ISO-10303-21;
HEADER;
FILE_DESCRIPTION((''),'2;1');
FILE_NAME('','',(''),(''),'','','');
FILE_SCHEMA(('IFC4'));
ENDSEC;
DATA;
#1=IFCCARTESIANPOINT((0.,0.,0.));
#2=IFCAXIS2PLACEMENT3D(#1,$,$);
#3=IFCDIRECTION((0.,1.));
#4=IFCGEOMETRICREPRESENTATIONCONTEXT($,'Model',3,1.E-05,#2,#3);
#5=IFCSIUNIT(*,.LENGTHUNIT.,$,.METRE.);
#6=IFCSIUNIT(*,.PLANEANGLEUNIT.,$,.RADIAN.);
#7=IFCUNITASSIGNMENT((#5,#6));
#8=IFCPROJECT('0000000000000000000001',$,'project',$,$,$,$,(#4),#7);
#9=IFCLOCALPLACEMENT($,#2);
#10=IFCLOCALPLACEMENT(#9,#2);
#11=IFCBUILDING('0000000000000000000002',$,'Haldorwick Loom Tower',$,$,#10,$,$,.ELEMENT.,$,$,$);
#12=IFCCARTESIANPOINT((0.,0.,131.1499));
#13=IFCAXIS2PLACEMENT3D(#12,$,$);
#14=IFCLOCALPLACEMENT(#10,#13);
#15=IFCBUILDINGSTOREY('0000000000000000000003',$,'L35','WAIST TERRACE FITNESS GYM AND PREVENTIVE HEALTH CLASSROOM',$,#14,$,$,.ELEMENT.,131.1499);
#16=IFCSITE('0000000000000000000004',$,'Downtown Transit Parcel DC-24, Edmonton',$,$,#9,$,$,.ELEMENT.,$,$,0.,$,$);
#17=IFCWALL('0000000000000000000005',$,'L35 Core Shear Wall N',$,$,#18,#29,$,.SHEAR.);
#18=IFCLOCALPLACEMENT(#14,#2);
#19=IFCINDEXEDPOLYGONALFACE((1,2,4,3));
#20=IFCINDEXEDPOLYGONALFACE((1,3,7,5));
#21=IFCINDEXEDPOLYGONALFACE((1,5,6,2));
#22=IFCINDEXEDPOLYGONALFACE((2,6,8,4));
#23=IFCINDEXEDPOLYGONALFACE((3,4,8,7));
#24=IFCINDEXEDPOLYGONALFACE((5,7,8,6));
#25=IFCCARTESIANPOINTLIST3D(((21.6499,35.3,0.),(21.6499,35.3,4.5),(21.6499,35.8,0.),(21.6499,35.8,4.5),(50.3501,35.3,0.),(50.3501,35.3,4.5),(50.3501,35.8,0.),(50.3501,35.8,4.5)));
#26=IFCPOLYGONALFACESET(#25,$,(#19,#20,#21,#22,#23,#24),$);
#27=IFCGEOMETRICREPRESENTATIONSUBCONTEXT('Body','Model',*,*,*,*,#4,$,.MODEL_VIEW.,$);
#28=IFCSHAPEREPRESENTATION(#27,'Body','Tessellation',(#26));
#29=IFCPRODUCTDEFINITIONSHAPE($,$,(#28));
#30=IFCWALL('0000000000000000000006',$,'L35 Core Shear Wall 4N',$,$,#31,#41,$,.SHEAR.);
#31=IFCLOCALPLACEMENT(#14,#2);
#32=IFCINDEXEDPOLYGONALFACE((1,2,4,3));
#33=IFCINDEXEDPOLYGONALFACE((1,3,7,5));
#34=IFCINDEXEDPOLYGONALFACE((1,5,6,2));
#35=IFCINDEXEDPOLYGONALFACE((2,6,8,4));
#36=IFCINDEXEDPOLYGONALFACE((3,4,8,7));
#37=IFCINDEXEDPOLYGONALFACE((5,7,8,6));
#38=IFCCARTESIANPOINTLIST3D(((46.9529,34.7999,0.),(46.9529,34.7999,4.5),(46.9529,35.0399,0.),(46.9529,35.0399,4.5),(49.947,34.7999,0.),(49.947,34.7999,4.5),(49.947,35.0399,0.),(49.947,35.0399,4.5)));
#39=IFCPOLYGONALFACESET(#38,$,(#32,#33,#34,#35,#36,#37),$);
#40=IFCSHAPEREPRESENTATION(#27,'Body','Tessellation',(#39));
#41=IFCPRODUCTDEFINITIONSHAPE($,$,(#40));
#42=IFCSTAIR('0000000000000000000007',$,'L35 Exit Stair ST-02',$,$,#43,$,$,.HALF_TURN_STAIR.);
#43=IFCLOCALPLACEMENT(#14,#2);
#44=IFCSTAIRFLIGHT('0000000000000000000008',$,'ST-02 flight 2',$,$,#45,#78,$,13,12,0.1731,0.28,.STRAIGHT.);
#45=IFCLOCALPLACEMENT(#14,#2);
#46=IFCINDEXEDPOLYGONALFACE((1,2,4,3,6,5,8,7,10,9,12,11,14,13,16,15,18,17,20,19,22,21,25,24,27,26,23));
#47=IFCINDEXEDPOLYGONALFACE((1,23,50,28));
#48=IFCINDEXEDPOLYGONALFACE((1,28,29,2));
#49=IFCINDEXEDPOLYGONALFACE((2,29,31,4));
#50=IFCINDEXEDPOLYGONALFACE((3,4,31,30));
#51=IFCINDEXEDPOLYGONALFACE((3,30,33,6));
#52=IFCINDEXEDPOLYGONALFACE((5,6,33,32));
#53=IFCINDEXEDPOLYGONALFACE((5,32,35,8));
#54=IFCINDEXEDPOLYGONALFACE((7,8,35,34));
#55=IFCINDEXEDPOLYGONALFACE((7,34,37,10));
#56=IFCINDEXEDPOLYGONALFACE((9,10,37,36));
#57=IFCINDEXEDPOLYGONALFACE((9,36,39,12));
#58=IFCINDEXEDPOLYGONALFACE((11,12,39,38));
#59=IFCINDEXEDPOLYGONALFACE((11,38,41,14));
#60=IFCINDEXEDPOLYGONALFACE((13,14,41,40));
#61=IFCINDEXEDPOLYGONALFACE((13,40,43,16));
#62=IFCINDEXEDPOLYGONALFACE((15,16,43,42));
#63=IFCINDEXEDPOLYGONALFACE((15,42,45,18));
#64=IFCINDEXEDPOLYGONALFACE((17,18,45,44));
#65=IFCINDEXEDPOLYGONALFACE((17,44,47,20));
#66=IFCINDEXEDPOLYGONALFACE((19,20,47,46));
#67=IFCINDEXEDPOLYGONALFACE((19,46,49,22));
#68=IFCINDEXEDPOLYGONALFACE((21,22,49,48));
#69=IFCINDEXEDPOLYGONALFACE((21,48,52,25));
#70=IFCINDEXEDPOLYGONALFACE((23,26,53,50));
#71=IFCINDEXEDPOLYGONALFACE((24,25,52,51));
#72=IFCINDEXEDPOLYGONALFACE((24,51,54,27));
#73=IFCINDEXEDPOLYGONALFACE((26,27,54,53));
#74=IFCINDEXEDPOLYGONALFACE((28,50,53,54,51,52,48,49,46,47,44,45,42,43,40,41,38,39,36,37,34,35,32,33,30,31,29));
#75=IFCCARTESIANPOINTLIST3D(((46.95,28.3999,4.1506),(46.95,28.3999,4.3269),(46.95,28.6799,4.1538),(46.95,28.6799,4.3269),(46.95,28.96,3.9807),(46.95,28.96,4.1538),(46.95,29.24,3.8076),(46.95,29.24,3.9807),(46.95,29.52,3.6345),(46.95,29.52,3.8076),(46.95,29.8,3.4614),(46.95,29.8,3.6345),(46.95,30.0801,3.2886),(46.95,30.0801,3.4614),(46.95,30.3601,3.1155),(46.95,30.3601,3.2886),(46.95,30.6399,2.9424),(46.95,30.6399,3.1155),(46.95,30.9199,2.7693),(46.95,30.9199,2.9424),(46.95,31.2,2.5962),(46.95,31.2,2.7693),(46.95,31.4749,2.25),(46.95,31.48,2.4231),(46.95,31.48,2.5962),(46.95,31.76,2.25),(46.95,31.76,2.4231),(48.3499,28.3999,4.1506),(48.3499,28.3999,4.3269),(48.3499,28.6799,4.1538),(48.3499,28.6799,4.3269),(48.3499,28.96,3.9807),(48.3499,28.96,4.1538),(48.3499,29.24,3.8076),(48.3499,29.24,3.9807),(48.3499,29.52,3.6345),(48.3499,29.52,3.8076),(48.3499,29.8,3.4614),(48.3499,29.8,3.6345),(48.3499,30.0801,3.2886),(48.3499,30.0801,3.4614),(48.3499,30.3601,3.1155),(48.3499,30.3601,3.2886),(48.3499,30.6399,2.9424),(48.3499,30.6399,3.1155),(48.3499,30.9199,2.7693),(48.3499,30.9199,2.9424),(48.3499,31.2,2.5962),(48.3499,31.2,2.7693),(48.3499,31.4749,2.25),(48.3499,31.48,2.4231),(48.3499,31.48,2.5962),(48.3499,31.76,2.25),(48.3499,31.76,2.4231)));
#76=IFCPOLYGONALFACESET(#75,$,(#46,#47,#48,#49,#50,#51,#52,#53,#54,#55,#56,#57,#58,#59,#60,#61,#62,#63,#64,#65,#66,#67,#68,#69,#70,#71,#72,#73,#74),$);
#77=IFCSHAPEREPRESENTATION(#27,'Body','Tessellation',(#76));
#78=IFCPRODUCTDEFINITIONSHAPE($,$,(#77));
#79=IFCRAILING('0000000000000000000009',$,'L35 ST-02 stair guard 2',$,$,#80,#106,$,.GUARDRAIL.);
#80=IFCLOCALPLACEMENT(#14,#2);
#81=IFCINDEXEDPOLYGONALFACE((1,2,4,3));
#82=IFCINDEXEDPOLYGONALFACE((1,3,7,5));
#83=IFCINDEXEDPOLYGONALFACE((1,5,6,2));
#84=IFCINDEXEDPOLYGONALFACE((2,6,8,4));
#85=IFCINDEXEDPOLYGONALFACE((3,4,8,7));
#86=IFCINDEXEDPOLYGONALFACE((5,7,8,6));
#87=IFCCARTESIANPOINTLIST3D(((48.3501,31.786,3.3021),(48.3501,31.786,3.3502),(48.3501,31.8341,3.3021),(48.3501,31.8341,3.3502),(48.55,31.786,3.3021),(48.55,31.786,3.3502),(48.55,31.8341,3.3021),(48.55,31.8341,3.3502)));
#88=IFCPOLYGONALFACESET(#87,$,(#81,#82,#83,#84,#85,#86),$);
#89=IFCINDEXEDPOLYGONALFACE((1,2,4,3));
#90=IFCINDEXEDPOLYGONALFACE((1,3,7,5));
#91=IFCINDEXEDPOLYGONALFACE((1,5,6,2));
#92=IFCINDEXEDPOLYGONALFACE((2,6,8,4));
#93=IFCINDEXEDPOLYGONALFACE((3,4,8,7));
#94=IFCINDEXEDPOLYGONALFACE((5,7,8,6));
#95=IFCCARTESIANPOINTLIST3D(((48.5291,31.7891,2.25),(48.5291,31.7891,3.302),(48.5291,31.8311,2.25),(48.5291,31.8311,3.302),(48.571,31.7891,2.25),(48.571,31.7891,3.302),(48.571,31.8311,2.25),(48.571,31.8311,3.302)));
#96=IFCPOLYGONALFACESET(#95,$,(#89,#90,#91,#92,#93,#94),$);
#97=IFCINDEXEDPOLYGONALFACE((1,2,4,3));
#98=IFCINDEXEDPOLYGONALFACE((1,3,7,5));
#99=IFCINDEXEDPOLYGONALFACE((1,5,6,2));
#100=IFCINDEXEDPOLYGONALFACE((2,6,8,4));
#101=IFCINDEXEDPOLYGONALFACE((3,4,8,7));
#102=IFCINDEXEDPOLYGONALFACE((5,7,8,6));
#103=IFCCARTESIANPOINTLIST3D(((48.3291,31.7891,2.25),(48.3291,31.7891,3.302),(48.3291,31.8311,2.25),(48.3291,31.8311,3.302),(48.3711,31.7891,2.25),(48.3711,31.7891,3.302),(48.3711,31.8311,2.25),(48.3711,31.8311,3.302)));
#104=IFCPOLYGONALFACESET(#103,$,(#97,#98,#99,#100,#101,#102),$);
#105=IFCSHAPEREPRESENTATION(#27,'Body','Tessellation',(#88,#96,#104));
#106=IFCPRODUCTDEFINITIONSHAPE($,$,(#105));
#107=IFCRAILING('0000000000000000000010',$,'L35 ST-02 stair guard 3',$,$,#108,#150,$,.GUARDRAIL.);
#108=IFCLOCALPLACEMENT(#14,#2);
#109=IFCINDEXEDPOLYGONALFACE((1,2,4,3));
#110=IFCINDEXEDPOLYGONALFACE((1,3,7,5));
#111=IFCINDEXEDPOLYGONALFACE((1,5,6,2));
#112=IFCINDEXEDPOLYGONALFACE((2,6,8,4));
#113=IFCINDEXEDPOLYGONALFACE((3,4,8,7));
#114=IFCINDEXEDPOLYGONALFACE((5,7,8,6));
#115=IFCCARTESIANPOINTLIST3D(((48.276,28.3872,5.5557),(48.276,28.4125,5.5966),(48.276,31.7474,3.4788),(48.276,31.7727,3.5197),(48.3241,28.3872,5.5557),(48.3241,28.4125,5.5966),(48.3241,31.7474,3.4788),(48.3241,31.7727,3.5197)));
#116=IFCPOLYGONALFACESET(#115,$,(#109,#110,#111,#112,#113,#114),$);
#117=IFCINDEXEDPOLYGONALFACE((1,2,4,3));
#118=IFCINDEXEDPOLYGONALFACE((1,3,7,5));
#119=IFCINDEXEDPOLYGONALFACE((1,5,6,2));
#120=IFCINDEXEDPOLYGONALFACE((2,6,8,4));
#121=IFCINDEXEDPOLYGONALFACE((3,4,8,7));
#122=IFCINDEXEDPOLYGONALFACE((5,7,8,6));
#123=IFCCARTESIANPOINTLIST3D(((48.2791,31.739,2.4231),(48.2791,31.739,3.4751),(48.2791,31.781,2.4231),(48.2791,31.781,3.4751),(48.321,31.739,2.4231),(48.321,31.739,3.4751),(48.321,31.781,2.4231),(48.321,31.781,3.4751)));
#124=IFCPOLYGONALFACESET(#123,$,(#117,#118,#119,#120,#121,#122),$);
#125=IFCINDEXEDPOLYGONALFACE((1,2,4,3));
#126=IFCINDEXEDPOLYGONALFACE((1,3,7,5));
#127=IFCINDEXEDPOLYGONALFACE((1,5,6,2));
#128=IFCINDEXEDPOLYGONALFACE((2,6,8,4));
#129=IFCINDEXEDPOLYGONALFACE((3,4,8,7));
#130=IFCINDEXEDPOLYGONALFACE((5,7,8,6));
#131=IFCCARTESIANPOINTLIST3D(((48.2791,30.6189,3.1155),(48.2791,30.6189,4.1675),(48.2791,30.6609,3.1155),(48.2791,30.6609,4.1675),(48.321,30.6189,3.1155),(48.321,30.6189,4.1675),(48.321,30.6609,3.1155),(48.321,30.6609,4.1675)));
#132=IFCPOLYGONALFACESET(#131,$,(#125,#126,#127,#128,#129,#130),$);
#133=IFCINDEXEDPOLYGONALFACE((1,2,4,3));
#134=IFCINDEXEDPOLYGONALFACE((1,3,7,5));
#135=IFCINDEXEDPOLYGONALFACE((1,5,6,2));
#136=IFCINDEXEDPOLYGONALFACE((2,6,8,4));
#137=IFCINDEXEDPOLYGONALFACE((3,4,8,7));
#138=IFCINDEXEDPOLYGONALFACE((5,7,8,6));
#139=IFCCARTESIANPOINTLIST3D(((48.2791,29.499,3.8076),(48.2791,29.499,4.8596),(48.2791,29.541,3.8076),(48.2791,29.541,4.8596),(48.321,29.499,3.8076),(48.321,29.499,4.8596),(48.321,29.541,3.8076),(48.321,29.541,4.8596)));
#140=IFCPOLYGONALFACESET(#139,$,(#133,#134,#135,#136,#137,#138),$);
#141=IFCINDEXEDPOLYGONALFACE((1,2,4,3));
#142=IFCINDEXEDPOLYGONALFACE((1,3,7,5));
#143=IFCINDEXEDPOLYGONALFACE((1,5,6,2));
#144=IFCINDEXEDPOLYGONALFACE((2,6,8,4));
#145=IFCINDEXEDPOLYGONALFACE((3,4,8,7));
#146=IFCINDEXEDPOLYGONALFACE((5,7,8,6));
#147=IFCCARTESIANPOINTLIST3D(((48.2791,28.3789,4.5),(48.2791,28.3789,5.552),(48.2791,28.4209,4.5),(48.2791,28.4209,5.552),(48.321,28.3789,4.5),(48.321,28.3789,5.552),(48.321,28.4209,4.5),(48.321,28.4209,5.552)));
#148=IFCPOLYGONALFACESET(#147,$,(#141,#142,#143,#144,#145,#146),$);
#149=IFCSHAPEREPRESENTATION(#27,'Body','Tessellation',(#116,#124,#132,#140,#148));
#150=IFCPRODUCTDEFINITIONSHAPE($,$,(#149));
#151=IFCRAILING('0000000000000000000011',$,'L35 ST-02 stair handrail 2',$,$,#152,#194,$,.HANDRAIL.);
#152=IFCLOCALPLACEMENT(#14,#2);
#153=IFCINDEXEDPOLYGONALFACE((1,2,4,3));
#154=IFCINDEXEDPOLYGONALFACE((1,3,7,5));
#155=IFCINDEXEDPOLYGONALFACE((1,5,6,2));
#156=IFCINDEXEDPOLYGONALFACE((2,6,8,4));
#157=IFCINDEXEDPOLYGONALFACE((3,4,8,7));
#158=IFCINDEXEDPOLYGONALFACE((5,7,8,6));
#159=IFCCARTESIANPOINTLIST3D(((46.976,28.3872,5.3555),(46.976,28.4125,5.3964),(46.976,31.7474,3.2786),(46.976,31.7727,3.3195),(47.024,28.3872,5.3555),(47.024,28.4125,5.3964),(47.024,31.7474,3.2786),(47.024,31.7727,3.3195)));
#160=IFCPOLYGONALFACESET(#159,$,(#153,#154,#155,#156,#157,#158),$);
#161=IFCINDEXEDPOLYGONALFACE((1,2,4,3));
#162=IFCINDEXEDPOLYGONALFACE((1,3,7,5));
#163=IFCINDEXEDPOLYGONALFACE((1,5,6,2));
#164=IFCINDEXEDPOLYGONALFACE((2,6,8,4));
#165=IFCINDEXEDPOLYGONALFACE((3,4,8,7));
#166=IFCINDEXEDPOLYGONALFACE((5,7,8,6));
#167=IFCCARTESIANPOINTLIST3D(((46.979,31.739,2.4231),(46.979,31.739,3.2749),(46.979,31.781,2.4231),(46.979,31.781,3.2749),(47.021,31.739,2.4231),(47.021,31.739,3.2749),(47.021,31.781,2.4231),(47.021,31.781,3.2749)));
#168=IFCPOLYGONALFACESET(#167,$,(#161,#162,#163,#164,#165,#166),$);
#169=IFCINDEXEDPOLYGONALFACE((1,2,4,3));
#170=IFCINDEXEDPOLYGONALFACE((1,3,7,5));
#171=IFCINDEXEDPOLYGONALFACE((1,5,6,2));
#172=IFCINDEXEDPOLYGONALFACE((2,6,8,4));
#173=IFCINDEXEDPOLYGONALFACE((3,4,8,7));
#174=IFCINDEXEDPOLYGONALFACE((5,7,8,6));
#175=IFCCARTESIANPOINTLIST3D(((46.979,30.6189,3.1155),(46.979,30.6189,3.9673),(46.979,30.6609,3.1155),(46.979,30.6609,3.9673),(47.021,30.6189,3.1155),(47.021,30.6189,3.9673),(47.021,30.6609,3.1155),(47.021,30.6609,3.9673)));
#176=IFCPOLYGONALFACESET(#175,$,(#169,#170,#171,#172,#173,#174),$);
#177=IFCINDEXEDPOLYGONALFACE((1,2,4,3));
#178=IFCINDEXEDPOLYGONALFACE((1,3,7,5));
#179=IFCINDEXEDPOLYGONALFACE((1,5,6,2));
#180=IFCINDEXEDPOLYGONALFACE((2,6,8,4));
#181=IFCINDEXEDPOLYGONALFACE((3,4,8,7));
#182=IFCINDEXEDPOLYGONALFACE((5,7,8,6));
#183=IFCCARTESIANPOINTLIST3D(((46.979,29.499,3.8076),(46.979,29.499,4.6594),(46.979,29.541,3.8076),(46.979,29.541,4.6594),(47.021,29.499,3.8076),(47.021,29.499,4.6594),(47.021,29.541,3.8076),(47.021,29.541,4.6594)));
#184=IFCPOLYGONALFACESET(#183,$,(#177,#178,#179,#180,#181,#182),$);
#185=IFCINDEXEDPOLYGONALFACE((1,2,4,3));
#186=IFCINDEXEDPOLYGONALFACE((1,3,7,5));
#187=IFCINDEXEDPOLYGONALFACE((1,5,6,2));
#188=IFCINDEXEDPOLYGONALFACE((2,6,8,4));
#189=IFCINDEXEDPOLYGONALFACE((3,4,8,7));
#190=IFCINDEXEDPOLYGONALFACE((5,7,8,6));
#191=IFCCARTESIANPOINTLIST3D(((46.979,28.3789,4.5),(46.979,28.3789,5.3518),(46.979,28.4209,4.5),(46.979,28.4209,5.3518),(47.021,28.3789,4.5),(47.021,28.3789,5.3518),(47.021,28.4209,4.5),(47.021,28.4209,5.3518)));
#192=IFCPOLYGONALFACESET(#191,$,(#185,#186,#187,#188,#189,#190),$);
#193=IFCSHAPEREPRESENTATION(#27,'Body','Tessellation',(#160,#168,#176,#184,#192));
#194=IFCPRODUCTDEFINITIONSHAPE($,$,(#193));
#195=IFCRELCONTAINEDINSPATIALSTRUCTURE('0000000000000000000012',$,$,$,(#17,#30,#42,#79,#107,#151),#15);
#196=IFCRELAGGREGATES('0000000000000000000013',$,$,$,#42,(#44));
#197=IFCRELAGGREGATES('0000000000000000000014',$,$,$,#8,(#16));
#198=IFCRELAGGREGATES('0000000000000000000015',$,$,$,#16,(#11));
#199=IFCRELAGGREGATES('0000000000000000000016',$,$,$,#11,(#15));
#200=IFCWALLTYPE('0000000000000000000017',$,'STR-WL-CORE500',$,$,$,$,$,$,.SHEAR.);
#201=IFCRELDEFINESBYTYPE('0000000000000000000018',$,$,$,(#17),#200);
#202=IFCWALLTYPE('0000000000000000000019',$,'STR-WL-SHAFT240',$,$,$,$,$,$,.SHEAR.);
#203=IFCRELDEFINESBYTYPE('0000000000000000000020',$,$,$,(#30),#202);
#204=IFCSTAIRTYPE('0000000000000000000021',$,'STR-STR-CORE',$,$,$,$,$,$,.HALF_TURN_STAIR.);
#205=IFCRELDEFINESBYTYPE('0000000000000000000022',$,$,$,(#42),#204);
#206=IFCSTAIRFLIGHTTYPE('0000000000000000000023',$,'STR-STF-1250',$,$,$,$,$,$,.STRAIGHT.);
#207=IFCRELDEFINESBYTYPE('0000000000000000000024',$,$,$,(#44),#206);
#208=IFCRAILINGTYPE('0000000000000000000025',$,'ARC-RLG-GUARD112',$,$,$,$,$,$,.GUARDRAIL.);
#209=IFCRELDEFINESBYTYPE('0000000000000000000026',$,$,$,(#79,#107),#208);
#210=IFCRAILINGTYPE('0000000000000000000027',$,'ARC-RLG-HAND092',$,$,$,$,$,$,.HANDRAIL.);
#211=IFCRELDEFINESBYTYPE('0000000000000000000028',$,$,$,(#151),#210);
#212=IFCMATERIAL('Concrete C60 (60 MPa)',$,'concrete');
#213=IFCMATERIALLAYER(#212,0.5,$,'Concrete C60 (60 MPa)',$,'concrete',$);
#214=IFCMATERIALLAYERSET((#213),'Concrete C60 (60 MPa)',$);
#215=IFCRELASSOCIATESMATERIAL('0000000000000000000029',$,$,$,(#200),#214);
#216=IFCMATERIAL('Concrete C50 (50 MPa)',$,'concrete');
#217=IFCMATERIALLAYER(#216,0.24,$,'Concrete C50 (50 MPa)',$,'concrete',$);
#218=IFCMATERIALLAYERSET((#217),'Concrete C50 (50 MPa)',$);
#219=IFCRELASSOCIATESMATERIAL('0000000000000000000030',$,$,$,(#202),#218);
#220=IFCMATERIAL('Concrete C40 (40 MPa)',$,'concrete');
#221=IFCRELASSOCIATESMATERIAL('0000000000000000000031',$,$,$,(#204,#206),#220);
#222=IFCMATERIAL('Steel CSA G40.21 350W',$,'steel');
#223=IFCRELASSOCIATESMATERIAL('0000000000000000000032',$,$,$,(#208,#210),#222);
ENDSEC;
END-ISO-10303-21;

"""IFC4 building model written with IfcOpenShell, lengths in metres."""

from ifc_helpers import new_model, si_unit, direction, frame, frame_2d, origin, origin_2d, place, context, subcontext, project, spatial, polyline, rectangle, outline, extrude, material, layer, layer_set, type_object, element, aggregate, save


model = new_model("IFC4")

# Units and contexts
model_context = context("Model", 3, precision=1e-05, world=origin(), true_north=direction((0.0, 1.0)))
body_context = subcontext(model_context, "Body", "Model", "MODEL_VIEW")
ifc_project = project(units=[si_unit("LENGTHUNIT", "METRE"), si_unit("PLANEANGLEUNIT", "RADIAN")], contexts=[model_context])

# Site, building, storey
site_placement = place(None, origin())
site = spatial("IfcSite", under=ifc_project, at=site_placement, Name="Downtown Transit Parcel DC-24, Edmonton", CompositionType="ELEMENT", RefElevation=0.0)
building_placement = place(site_placement, origin())
building = spatial("IfcBuilding", under=site, at=building_placement, Name="Haldorwick Loom Tower", CompositionType="ELEMENT")
storey_placement = place(building_placement, frame((0.0, 0.0, 131.1499)))
storey = spatial("IfcBuildingStorey", under=building, at=storey_placement, Name="L35", Description="WAIST TERRACE FITNESS GYM AND PREVENTIVE HEALTH CLASSROOM", CompositionType="ELEMENT", Elevation=131.1499)

# Shared definitions
ifc_material_1 = material(Name="Concrete C60 (60 MPa)", Category="concrete")

# Shared definitions
ifc_material_2 = material(Name="Steel CSA G40.21 350W", Category="steel")

# Walls
ifc_layer_1 = layer(ifc_material_1, 0.5, Name="Concrete C60 (60 MPa)", Category="concrete")
ifc_layer_set_1 = layer_set([ifc_layer_1], Name="Concrete C60 (60 MPa)")
wall_type_1 = type_object("IfcWallType", Name="STR-WL-CORE500", PredefinedType="SHEAR", material=ifc_layer_set_1)
wall_1_placement = place(storey_placement, frame((50.3501, 35.55, 0.0), z_axis=(0.0, 0.0, 1.0), x_axis=(-1.0, 0.0, 0.0)))
element("IfcWall", 1, at=wall_1_placement, inside=storey, type_object=wall_type_1, Name="L35 Core Shear Wall N", PredefinedType="SHEAR", context=body_context, shape_type="SweptSolid", body=[
    extrude(rectangle(XDim=28.7002, YDim=0.5, at=frame_2d((14.3501, 0.0))), origin(), (0.0, 0.0, 1.0), 4.5),
])
ifc_material_3 = material(Name="Concrete C50 (50 MPa)", Category="concrete")
ifc_layer_2 = layer(ifc_material_3, 0.24, Name="Concrete C50 (50 MPa)", Category="concrete")
ifc_layer_set_2 = layer_set([ifc_layer_2], Name="Concrete C50 (50 MPa)")
wall_type_2 = type_object("IfcWallType", Name="STR-WL-SHAFT240", PredefinedType="SHEAR", material=ifc_layer_set_2)
wall_2_placement = place(storey_placement, frame((46.9529, 34.9199, 0.0), z_axis=(0.0, 0.0, 1.0), x_axis=(1.0, 0.0, 0.0)))
element("IfcWall", 2, at=wall_2_placement, inside=storey, type_object=wall_type_2, Name="L35 Core Shear Wall 4N", PredefinedType="SHEAR", context=body_context, shape_type="SweptSolid", body=[
    extrude(rectangle(XDim=2.9941, YDim=0.24, at=frame_2d((1.4971, 0.0))), origin(), (0.0, 0.0, 1.0), 4.5),
])

# Stair, stair flight
ifc_material_4 = material(Name="Concrete C40 (40 MPa)", Category="concrete")
stair_type = type_object("IfcStairType", Name="STR-STR-CORE", PredefinedType="HALF_TURN_STAIR", material=ifc_material_4)
stair_placement = place(storey_placement, origin())
stair = element("IfcStair", 3, at=stair_placement, inside=storey, type_object=stair_type, Name="L35 Exit Stair ST-02", PredefinedType="HALF_TURN_STAIR")
stair_flight_type = type_object("IfcStairFlightType", Name="STR-STF-1250", PredefinedType="STRAIGHT", material=ifc_material_4)
stair_flight_placement = place(storey_placement, frame((47.6499, 31.76, 2.25), z_axis=(0.0, 0.0, 1.0), x_axis=(0.0, -1.0, 0.0)))
stair_flight = element("IfcStairFlight", 4, at=stair_flight_placement, type_object=stair_flight_type, Name="ST-02 flight 2", NumberOfRisers=13, NumberOfTreads=12, PredefinedType="STRAIGHT", RiserHeight=0.1731, TreadLength=0.28, context=body_context, shape_type="SweptSolid", body=[
    extrude(outline(polyline([(0.0, 0.0), (0.0, 0.1731), (0.28, 0.1731), (0.28, 0.3462), (0.5601, 0.3462), (0.5601, 0.5193), (0.8401, 0.5193), (0.8401, 0.6924), (1.1201, 0.6924), (1.1201, 0.8655), (1.3999, 0.8655), (1.3999, 1.0386), (1.6799, 1.0386), (1.6799, 1.2114), (1.96, 1.2114), (1.96, 1.3845), (2.24, 1.3845), (2.24, 1.5576), (2.52, 1.5576), (2.52, 1.7307), (2.8, 1.7307), (2.8, 1.9038), (3.0801, 1.9038), (3.0801, 2.0769), (3.3601, 2.0769), (3.3601, 2.25), (3.3601, 1.9006), (0.2852, 0.0), (0.0, 0.0)])), frame((0.0, 0.7, 0.0), z_axis=(0.0, -1.0, 0.0), x_axis=(1.0, 0.0, 0.0)), (0.0, 0.0, 1.0), 1.3999),
])
aggregate(stair, [stair_flight])

# Railings
railing_type_1 = type_object("IfcRailingType", Name="ARC-RLG-GUARD112", PredefinedType="GUARDRAIL", material=ifc_material_2)
railing_1_placement = place(storey_placement, frame((48.55, 31.8101, 2.25)))
element("IfcRailing", 5, at=railing_1_placement, inside=storey, type_object=railing_type_1, Name="L35 ST-02 stair guard 2", PredefinedType="GUARDRAIL", context=body_context, shape_type="SweptSolid", body=[
    extrude(rectangle(XDim=0.0481, YDim=0.0481, at=origin_2d()), frame((0.0, 0.0, 1.0762), z_axis=(-1.0, 0.0, 0.0), x_axis=(0.0, -1.0, 0.0)), (0.0, 0.0, 1.0), 0.2),
    extrude(rectangle(XDim=0.042, YDim=0.042, at=origin_2d()), origin(), (0.0, 0.0, 1.0), 1.052),
    extrude(rectangle(XDim=0.042, YDim=0.042, at=origin_2d()), frame((-0.2, 0.0, 0.0)), (0.0, 0.0, 1.0), 1.052),
])
railing_2_placement = place(storey_placement, frame((48.3, 31.76, 2.4231)))
element("IfcRailing", 6, at=railing_2_placement, inside=storey, type_object=railing_type_1, Name="L35 ST-02 stair guard 3", PredefinedType="GUARDRAIL", context=body_context, shape_type="SweptSolid", body=[
    extrude(rectangle(XDim=0.0481, YDim=0.0481, at=origin_2d()), frame((0.0, 0.0, 1.0762), z_axis=(0.0, -0.850623, 0.525776), x_axis=(1.0, 0.0, 0.0)), (0.0, 0.0, 1.0), 3.9502),
    extrude(rectangle(XDim=0.042, YDim=0.042, at=origin_2d()), origin(), (0.0, 0.0, 1.0), 1.052),
    extrude(rectangle(XDim=0.042, YDim=0.042, at=origin_2d()), frame((0.0, -1.1201, 0.6924)), (0.0, 0.0, 1.0), 1.052),
    extrude(rectangle(XDim=0.042, YDim=0.042, at=origin_2d()), frame((0.0, -2.24, 1.3845)), (0.0, 0.0, 1.0), 1.052),
    extrude(rectangle(XDim=0.042, YDim=0.042, at=origin_2d()), frame((0.0, -3.3601, 2.0769)), (0.0, 0.0, 1.0), 1.052),
])
railing_type_2 = type_object("IfcRailingType", Name="ARC-RLG-HAND092", PredefinedType="HANDRAIL", material=ifc_material_2)
railing_3_placement = place(storey_placement, frame((47.0, 31.76, 2.4231)))
element("IfcRailing", 7, at=railing_3_placement, inside=storey, type_object=railing_type_2, Name="L35 ST-02 stair handrail 2", PredefinedType="HANDRAIL", context=body_context, shape_type="SweptSolid", body=[
    extrude(rectangle(XDim=0.0481, YDim=0.0481, at=origin_2d()), frame((0.0, 0.0, 0.876), z_axis=(0.0, -0.850623, 0.525776), x_axis=(1.0, 0.0, 0.0)), (0.0, 0.0, 1.0), 3.9502),
    extrude(rectangle(XDim=0.042, YDim=0.042, at=origin_2d()), origin(), (0.0, 0.0, 1.0), 0.8518),
    extrude(rectangle(XDim=0.042, YDim=0.042, at=origin_2d()), frame((0.0, -1.1201, 0.6924)), (0.0, 0.0, 1.0), 0.8518),
    extrude(rectangle(XDim=0.042, YDim=0.042, at=origin_2d()), frame((0.0, -2.24, 1.3845)), (0.0, 0.0, 1.0), 0.8518),
    extrude(rectangle(XDim=0.042, YDim=0.042, at=origin_2d()), frame((0.0, -3.3601, 2.0769)), (0.0, 0.0, 1.0), 0.8518),
])

save(model, "model.ifc")
